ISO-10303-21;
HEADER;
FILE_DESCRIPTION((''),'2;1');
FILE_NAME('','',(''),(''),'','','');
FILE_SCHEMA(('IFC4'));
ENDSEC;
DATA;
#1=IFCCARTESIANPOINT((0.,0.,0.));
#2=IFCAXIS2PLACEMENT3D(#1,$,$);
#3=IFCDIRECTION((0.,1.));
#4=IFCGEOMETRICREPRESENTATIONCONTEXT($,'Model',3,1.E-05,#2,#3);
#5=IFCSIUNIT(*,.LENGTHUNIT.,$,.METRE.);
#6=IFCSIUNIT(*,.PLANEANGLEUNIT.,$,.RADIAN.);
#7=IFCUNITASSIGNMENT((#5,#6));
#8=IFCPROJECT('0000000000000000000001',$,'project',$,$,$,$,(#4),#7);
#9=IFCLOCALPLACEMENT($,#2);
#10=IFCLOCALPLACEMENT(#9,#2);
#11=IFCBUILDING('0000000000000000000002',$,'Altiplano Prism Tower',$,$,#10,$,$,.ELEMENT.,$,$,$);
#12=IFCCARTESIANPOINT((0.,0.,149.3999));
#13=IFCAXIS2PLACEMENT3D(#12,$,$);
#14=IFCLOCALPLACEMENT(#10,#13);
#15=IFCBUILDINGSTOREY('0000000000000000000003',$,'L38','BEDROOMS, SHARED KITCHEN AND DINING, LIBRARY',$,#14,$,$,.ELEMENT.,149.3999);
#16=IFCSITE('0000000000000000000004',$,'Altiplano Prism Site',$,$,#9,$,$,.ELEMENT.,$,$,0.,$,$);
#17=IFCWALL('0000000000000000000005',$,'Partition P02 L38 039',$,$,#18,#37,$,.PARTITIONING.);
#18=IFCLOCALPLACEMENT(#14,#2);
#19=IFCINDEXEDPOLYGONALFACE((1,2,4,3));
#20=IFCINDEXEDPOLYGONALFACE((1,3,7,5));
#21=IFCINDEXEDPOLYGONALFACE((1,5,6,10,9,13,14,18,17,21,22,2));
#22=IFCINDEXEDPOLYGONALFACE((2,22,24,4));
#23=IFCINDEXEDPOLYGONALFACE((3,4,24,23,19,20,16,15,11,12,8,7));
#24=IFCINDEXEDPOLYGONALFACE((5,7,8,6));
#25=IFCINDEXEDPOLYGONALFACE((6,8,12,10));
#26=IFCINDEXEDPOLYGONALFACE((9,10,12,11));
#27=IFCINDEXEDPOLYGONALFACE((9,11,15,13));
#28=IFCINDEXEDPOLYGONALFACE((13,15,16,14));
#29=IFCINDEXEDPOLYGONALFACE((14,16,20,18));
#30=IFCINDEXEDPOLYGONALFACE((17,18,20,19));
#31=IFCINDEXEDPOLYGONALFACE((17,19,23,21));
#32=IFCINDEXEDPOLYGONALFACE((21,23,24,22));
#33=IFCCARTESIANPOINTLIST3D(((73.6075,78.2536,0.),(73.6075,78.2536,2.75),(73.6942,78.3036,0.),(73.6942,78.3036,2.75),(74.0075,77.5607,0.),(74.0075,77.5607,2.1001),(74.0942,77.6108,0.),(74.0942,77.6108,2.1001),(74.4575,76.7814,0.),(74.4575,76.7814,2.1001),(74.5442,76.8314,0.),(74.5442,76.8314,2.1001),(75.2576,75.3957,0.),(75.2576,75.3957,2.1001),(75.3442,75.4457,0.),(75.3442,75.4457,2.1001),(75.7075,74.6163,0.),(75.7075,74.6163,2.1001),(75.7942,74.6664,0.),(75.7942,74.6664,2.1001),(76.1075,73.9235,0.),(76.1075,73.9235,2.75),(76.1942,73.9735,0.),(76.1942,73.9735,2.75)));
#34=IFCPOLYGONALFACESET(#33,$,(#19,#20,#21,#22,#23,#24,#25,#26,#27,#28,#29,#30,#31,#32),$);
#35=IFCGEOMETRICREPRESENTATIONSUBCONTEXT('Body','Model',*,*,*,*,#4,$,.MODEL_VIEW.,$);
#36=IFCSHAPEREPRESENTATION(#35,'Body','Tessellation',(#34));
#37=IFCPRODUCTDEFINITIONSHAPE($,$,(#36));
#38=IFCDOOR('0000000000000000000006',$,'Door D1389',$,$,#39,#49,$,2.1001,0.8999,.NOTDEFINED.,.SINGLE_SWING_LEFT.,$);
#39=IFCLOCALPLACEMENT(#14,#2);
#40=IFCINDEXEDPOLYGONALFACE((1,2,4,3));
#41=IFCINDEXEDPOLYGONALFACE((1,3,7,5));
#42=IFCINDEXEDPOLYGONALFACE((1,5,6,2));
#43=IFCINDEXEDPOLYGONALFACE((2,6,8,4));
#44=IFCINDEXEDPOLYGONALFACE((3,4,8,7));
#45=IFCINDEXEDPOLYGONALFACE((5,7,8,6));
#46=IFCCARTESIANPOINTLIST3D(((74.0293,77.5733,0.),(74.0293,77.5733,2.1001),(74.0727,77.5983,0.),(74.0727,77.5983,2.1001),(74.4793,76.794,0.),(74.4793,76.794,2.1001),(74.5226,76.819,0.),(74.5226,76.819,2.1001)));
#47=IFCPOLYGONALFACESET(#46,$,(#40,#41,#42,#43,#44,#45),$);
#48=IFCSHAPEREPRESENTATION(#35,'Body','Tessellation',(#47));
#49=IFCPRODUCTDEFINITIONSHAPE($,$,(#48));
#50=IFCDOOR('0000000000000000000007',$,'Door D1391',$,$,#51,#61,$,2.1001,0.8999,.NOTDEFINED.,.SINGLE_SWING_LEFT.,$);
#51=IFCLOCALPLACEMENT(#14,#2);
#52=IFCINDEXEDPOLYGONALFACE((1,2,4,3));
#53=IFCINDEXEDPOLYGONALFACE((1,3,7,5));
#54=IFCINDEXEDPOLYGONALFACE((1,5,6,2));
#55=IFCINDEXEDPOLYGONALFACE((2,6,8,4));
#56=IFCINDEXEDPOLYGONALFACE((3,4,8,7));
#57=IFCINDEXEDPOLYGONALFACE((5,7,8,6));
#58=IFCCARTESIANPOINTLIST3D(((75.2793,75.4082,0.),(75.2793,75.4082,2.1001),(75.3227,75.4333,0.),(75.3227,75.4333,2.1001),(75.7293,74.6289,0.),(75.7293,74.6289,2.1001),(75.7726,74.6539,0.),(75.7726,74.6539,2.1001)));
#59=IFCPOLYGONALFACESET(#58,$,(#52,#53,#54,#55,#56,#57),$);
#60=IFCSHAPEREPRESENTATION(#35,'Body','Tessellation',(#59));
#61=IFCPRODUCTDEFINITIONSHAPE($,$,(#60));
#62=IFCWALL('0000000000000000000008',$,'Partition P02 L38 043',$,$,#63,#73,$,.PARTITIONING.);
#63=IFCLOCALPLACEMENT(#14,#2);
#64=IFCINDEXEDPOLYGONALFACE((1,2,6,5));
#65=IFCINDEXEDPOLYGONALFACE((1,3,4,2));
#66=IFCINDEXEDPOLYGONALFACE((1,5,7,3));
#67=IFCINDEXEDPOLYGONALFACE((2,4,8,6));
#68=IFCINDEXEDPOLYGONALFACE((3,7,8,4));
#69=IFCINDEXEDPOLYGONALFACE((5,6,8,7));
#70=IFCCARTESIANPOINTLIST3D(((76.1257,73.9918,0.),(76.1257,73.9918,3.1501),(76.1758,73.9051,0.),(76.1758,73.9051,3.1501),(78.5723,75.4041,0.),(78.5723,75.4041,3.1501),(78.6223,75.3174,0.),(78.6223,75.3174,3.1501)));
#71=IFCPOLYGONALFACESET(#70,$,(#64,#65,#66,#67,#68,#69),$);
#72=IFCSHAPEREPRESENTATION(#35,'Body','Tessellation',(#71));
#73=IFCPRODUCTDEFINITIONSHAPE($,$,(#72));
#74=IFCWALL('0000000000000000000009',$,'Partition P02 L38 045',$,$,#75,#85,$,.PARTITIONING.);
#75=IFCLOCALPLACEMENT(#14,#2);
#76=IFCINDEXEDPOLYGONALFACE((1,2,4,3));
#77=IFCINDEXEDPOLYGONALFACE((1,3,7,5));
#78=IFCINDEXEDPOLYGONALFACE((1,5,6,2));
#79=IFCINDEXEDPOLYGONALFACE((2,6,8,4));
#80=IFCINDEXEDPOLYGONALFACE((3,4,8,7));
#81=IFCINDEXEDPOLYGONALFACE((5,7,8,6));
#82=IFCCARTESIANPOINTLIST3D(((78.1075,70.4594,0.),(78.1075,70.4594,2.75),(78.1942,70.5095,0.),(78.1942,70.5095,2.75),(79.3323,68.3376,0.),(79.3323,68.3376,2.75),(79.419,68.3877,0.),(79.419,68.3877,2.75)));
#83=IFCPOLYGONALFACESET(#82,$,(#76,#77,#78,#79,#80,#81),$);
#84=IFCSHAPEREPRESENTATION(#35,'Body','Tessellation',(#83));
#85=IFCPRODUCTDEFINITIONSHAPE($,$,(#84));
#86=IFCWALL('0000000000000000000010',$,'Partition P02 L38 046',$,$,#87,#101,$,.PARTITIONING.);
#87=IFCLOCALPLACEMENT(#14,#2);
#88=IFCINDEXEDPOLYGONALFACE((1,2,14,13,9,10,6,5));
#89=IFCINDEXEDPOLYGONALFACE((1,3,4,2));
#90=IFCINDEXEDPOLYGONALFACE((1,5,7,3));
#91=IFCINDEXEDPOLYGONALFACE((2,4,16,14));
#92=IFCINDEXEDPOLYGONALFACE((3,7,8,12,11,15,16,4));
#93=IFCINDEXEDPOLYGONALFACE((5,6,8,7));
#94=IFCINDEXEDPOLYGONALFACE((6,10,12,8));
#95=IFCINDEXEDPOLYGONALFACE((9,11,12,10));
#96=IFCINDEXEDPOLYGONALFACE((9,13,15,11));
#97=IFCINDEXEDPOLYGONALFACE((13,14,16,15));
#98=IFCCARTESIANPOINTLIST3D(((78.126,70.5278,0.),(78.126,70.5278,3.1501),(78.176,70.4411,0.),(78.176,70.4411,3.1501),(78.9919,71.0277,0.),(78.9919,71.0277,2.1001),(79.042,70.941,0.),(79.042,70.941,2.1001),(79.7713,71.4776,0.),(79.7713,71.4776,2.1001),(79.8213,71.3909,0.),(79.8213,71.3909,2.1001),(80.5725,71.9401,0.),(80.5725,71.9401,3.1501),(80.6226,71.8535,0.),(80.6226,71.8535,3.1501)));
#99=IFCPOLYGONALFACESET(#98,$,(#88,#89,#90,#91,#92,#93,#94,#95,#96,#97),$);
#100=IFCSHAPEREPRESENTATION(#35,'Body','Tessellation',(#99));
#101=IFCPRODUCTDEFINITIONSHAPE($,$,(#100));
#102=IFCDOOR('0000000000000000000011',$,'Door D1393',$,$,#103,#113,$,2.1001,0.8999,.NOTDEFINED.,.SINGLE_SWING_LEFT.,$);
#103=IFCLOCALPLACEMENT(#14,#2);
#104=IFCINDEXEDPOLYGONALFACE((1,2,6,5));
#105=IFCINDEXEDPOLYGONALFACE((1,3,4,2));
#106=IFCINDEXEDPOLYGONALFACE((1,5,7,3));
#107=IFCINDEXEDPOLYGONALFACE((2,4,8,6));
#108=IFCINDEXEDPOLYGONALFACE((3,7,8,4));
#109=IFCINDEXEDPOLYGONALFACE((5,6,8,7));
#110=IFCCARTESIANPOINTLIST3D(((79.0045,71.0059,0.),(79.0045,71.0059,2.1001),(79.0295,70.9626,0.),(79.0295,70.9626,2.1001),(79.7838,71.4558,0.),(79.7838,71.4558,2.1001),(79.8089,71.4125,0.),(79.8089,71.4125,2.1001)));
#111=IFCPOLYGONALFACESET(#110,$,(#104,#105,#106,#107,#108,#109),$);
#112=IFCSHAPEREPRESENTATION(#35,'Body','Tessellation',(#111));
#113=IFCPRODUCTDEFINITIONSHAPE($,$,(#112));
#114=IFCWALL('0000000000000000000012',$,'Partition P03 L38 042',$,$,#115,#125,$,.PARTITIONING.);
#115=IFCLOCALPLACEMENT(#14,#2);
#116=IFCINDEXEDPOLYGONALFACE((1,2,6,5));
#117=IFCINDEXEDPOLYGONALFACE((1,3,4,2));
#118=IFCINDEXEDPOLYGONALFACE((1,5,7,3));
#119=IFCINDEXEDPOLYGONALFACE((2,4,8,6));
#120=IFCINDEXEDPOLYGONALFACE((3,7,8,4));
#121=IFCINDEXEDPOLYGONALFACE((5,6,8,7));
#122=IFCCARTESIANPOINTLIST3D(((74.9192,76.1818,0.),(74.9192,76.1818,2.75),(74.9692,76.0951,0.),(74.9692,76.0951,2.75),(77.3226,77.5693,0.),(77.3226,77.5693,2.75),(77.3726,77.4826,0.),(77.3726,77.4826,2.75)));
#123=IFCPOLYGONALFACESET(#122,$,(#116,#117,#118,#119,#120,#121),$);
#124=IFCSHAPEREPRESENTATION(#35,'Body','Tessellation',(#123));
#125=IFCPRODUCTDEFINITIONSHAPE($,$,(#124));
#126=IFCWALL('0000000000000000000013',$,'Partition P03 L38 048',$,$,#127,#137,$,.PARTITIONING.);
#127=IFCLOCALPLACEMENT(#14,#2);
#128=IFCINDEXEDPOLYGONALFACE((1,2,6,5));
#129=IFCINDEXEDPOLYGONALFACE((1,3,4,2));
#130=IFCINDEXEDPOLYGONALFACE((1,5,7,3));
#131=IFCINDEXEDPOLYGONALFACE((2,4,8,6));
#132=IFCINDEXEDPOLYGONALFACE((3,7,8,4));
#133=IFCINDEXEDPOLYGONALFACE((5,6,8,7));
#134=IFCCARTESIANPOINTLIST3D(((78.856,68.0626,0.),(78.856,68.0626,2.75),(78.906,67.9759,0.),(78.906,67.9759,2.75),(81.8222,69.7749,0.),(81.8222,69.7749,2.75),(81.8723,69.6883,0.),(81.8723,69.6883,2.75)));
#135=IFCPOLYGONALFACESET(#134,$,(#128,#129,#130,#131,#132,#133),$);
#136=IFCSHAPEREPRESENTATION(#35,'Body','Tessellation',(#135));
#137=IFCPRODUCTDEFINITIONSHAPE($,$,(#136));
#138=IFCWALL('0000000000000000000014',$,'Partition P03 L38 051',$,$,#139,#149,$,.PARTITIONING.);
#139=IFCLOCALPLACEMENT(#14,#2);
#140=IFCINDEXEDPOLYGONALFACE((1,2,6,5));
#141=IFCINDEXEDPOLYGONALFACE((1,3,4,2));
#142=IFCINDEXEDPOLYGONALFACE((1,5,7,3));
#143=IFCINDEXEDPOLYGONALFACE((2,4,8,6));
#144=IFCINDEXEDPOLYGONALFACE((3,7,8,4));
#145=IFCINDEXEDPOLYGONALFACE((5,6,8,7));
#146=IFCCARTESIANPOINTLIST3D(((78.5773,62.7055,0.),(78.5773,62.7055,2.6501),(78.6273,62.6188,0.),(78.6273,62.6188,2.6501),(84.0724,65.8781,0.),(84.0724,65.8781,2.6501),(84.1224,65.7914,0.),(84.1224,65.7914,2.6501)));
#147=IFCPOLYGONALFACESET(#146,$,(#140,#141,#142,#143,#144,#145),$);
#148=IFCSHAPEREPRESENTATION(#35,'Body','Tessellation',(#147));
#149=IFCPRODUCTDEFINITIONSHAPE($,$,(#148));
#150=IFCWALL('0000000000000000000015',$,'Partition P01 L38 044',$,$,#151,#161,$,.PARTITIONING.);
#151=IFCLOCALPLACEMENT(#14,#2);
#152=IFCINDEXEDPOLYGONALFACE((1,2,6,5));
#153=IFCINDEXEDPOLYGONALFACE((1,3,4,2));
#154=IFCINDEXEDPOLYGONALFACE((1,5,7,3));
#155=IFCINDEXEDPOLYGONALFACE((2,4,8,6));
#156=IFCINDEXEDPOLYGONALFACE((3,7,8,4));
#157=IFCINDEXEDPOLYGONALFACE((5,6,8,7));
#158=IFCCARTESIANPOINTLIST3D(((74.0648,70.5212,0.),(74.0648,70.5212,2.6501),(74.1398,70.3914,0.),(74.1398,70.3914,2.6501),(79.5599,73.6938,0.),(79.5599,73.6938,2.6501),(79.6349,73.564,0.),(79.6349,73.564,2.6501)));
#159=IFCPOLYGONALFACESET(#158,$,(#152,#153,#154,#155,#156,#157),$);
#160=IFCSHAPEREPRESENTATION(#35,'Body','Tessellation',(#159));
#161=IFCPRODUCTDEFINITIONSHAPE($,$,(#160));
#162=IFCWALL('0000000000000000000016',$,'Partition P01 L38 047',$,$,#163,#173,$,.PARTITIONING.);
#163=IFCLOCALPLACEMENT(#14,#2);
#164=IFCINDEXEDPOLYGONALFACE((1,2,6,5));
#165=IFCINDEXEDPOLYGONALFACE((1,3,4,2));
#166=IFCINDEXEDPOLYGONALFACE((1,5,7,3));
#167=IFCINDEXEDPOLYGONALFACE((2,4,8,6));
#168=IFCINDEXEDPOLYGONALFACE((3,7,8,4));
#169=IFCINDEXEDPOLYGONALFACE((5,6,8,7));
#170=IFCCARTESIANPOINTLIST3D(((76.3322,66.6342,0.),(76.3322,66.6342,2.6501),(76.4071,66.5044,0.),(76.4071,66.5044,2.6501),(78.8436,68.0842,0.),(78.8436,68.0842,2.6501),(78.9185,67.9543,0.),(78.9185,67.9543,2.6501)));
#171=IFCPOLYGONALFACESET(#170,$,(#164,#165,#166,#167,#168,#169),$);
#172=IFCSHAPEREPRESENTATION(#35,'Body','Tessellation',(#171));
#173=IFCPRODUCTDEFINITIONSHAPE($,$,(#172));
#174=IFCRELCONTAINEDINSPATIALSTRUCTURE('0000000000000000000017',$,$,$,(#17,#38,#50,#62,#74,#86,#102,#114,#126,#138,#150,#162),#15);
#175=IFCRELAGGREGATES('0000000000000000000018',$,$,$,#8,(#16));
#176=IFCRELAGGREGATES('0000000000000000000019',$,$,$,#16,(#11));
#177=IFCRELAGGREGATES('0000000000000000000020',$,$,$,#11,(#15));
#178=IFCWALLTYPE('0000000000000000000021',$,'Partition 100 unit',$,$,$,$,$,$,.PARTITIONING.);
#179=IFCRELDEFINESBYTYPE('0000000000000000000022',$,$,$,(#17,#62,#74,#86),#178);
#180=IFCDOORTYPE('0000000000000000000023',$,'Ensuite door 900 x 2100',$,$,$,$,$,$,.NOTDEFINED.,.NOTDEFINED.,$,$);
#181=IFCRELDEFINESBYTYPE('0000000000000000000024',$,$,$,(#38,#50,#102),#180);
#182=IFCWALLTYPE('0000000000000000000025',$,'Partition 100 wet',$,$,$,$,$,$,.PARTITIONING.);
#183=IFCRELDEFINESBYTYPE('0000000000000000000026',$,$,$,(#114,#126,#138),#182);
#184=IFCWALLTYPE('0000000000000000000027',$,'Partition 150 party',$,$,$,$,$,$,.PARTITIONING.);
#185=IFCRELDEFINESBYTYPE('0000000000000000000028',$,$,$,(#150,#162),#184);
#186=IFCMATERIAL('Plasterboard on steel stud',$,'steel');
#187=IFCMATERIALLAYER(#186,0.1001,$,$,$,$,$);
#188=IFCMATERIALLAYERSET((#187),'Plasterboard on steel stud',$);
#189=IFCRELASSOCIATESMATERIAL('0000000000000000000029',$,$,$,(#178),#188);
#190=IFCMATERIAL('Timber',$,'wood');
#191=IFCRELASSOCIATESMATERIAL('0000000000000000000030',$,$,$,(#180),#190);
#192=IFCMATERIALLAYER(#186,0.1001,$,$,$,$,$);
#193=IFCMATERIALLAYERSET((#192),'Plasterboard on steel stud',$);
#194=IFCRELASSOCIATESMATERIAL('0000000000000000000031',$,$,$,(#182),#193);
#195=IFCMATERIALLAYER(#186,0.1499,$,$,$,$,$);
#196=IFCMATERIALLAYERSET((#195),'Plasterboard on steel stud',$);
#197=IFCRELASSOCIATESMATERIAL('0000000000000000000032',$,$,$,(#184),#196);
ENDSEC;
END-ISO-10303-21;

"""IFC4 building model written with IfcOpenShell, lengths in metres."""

from ifc_helpers import new_model, si_unit, direction, frame, frame_2d, origin, place, context, subcontext, project, spatial, rectangle, extrude, material, layer, layer_set, type_object, element, fill, save


model = new_model("IFC4")

# Units and contexts
model_context = context("Model", 3, precision=1e-05, world=origin(), true_north=direction((0.0, 1.0)))
body_context = subcontext(model_context, "Body", "Model", "MODEL_VIEW")
ifc_project = project(units=[si_unit("LENGTHUNIT", "METRE"), si_unit("PLANEANGLEUNIT", "RADIAN")], contexts=[model_context])

# Site, building, storey
site_placement = place(None, origin())
site = spatial("IfcSite", under=ifc_project, at=site_placement, Name="Altiplano Prism Site", CompositionType="ELEMENT", RefElevation=0.0)
building_placement = place(site_placement, origin())
building = spatial("IfcBuilding", under=site, at=building_placement, Name="Altiplano Prism Tower", CompositionType="ELEMENT")
storey_placement = place(building_placement, frame((0.0, 0.0, 149.3999)))
storey = spatial("IfcBuildingStorey", under=building, at=storey_placement, Name="L38", Description="BEDROOMS, SHARED KITCHEN AND DINING, LIBRARY", CompositionType="ELEMENT", Elevation=149.3999)

# Wall, openings, doors
ifc_material_1 = material(Name="Plasterboard on steel stud", Category="steel")
ifc_layer_1 = layer(ifc_material_1, 0.1001)
ifc_layer_set_1 = layer_set([ifc_layer_1], Name="Plasterboard on steel stud")
wall_type_1 = type_object("IfcWallType", Name="Partition 100 unit", PredefinedType="PARTITIONING", material=ifc_layer_set_1)
wall_1_placement = place(storey_placement, frame((76.1509, 73.9485, 0.0), z_axis=(0.0, 0.0, 1.0), x_axis=(-0.500004, 0.866023, 0.0)))
wall_1 = element("IfcWall", 1, at=wall_1_placement, inside=storey, type_object=wall_type_1, Name="Partition P02 L38 039", PredefinedType="PARTITIONING", context=body_context, shape_type="SweptSolid", body=[
    extrude(rectangle(XDim=5.0, YDim=0.1001, at=frame_2d((2.5, 0.0))), origin(), (0.0, 0.0, 1.0), 2.75),
])
opening_1_placement = place(wall_1_placement, frame((3.3, 0.0, 0.0)))
opening_1 = element("IfcOpeningElement", 2, at=opening_1_placement, cuts=wall_1, PredefinedType="OPENING", context=body_context, shape_type="SweptSolid", body=[
    extrude(rectangle(XDim=0.8999, YDim=2.1001, at=frame_2d((0.45, 1.05))), frame((0.0, 0.0605, 0.0), z_axis=(0.0, -1.0, 0.0), x_axis=(1.0, 0.0, 0.0)), (0.0, 0.0, 1.0), 0.1211),
])
opening_2_placement = place(wall_1_placement, frame((0.8, 0.0, 0.0)))
opening_2 = element("IfcOpeningElement", 3, at=opening_2_placement, cuts=wall_1, PredefinedType="OPENING", context=body_context, shape_type="SweptSolid", body=[
    extrude(rectangle(XDim=0.8999, YDim=2.1001, at=frame_2d((0.45, 1.05))), frame((0.0, 0.0605, 0.0), z_axis=(0.0, -1.0, 0.0), x_axis=(1.0, 0.0, 0.0)), (0.0, 0.0, 1.0), 0.1211),
])
ifc_material_2 = material(Name="Timber", Category="wood")
door_type = type_object("IfcDoorType", Name="Ensuite door 900 x 2100", OperationType="NOTDEFINED", PredefinedType="NOTDEFINED", material=ifc_material_2)
door_1_placement = place(opening_1_placement, origin())
door_1 = element("IfcDoor", 4, at=door_1_placement, inside=storey, type_object=door_type, Name="Door D1389", OperationType="SINGLE_SWING_LEFT", OverallHeight=2.1001, OverallWidth=0.8999, PredefinedType="NOTDEFINED", context=body_context, shape_type="SweptSolid", body=[
    extrude(rectangle(XDim=0.8999, YDim=2.1001, at=frame_2d((0.45, 1.05))), frame((0.0, 0.0249, 0.0), z_axis=(0.0, -1.0, 0.0), x_axis=(1.0, 0.0, 0.0)), (0.0, 0.0, 1.0), 0.05),
])
fill(opening_1, door_1)
door_2_placement = place(opening_2_placement, origin())
door_2 = element("IfcDoor", 5, at=door_2_placement, inside=storey, type_object=door_type, Name="Door D1391", OperationType="SINGLE_SWING_LEFT", OverallHeight=2.1001, OverallWidth=0.8999, PredefinedType="NOTDEFINED", context=body_context, shape_type="SweptSolid", body=[
    extrude(rectangle(XDim=0.8999, YDim=2.1001, at=frame_2d((0.45, 1.05))), frame((0.0, 0.0249, 0.0), z_axis=(0.0, -1.0, 0.0), x_axis=(1.0, 0.0, 0.0)), (0.0, 0.0, 1.0), 0.05),
])
fill(opening_2, door_2)

# Walls
wall_2_placement = place(storey_placement, frame((78.5974, 75.3608, 0.0), z_axis=(0.0, 0.0, 1.0), x_axis=(-0.866049, -0.499959, 0.0)))
element("IfcWall", 6, at=wall_2_placement, inside=storey, type_object=wall_type_1, Name="Partition P02 L38 043", PredefinedType="PARTITIONING", context=body_context, shape_type="SweptSolid", body=[
    extrude(rectangle(XDim=2.825, YDim=0.1001, at=frame_2d((1.4126, 0.0))), origin(), (0.0, 0.0, 1.0), 3.1501),
])
wall_3_placement = place(storey_placement, frame((79.3757, 68.3625, 0.0), z_axis=(0.0, 0.0, 1.0), x_axis=(-0.499944, 0.866058, 0.0)))
element("IfcWall", 7, at=wall_3_placement, inside=storey, type_object=wall_type_1, Name="Partition P02 L38 045", PredefinedType="PARTITIONING", context=body_context, shape_type="SweptSolid", body=[
    extrude(rectangle(XDim=2.45, YDim=0.1001, at=frame_2d((1.2251, 0.0))), origin(), (0.0, 0.0, 1.0), 2.75),
])

# Wall, opening, door
wall_4_placement = place(storey_placement, frame((78.1509, 70.4844, 0.0), z_axis=(0.0, 0.0, 1.0), x_axis=(0.866049, 0.499959, 0.0)))
wall_4 = element("IfcWall", 8, at=wall_4_placement, inside=storey, type_object=wall_type_1, Name="Partition P02 L38 046", PredefinedType="PARTITIONING", context=body_context, shape_type="SweptSolid", body=[
    extrude(rectangle(XDim=2.825, YDim=0.1001, at=frame_2d((1.4126, 0.0))), origin(), (0.0, 0.0, 1.0), 3.1501),
])
opening_3_placement = place(wall_4_placement, frame((1.0, 0.0, 0.0)))
opening_3 = element("IfcOpeningElement", 9, at=opening_3_placement, cuts=wall_4, PredefinedType="OPENING", context=body_context, shape_type="SweptSolid", body=[
    extrude(rectangle(XDim=0.8999, YDim=2.1001, at=frame_2d((0.45, 1.05))), frame((0.0, 0.0605, 0.0), z_axis=(0.0, -1.0, 0.0), x_axis=(1.0, 0.0, 0.0)), (0.0, 0.0, 1.0), 0.1211),
])
door_3_placement = place(opening_3_placement, origin())
door_3 = element("IfcDoor", 10, at=door_3_placement, inside=storey, type_object=door_type, Name="Door D1393", OperationType="SINGLE_SWING_LEFT", OverallHeight=2.1001, OverallWidth=0.8999, PredefinedType="NOTDEFINED", context=body_context, shape_type="SweptSolid", body=[
    extrude(rectangle(XDim=0.8999, YDim=2.1001, at=frame_2d((0.45, 1.05))), frame((0.0, 0.0249, 0.0), z_axis=(0.0, -1.0, 0.0), x_axis=(1.0, 0.0, 0.0)), (0.0, 0.0, 1.0), 0.05),
])
fill(opening_3, door_3)

# Walls
ifc_layer_2 = layer(ifc_material_1, 0.1001)
ifc_layer_set_2 = layer_set([ifc_layer_2], Name="Plasterboard on steel stud")
wall_type_2 = type_object("IfcWallType", Name="Partition 100 wet", PredefinedType="PARTITIONING", material=ifc_layer_set_2)
wall_5_placement = place(storey_placement, frame((74.9441, 76.1384, 0.0), z_axis=(0.0, 0.0, 1.0), x_axis=(0.866042, 0.499971, 0.0)))
element("IfcWall", 11, at=wall_5_placement, inside=storey, type_object=wall_type_2, Name="Partition P03 L38 042", PredefinedType="PARTITIONING", context=body_context, shape_type="SweptSolid", body=[
    extrude(rectangle(XDim=2.7751, YDim=0.1001, at=frame_2d((1.3877, 0.0))), origin(), (0.0, 0.0, 1.0), 2.75),
])
wall_6_placement = place(storey_placement, frame((78.8811, 68.0193, 0.0), z_axis=(0.0, 0.0, 1.0), x_axis=(0.86605, 0.499957, 0.0)))
element("IfcWall", 12, at=wall_6_placement, inside=storey, type_object=wall_type_2, Name="Partition P03 L38 048", PredefinedType="PARTITIONING", context=body_context, shape_type="SweptSolid", body=[
    extrude(rectangle(XDim=3.425, YDim=0.1001, at=frame_2d((1.7124, 0.0))), origin(), (0.0, 0.0, 1.0), 2.75),
])
wall_7_placement = place(storey_placement, frame((78.6023, 62.6621, 0.0), z_axis=(0.0, 0.0, 1.0), x_axis=(0.866025, 0.5, 0.0)))
element("IfcWall", 13, at=wall_7_placement, inside=storey, type_object=wall_type_2, Name="Partition P03 L38 051", PredefinedType="PARTITIONING", context=body_context, shape_type="SweptSolid", body=[
    extrude(rectangle(XDim=6.3452, YDim=0.1001, at=frame_2d((3.1726, 0.0))), origin(), (0.0, 0.0, 1.0), 2.6501),
])
ifc_layer_3 = layer(ifc_material_1, 0.1499)
ifc_layer_set_3 = layer_set([ifc_layer_3], Name="Plasterboard on steel stud")
wall_type_3 = type_object("IfcWallType", Name="Partition 150 party", PredefinedType="PARTITIONING", material=ifc_layer_set_3)
wall_8_placement = place(storey_placement, frame((74.1023, 70.4563, 0.0), z_axis=(0.0, 0.0, 1.0), x_axis=(0.866025, 0.5, 0.0)))
element("IfcWall", 14, at=wall_8_placement, inside=storey, type_object=wall_type_3, Name="Partition P01 L38 044", PredefinedType="PARTITIONING", context=body_context, shape_type="SweptSolid", body=[
    extrude(rectangle(XDim=6.3452, YDim=0.1499, at=frame_2d((3.1726, 0.0))), origin(), (0.0, 0.0, 1.0), 2.6501),
])
wall_9_placement = place(storey_placement, frame((76.3696, 66.5693, 0.0), z_axis=(0.0, 0.0, 1.0), x_axis=(0.866033, 0.499987, 0.0)))
element("IfcWall", 15, at=wall_9_placement, inside=storey, type_object=wall_type_3, Name="Partition P01 L38 047", PredefinedType="PARTITIONING", context=body_context, shape_type="SweptSolid", body=[
    extrude(rectangle(XDim=2.8999, YDim=0.1499, at=frame_2d((1.45, 0.0))), origin(), (0.0, 0.0, 1.0), 2.6501),
])

save(model, "model.ifc")
